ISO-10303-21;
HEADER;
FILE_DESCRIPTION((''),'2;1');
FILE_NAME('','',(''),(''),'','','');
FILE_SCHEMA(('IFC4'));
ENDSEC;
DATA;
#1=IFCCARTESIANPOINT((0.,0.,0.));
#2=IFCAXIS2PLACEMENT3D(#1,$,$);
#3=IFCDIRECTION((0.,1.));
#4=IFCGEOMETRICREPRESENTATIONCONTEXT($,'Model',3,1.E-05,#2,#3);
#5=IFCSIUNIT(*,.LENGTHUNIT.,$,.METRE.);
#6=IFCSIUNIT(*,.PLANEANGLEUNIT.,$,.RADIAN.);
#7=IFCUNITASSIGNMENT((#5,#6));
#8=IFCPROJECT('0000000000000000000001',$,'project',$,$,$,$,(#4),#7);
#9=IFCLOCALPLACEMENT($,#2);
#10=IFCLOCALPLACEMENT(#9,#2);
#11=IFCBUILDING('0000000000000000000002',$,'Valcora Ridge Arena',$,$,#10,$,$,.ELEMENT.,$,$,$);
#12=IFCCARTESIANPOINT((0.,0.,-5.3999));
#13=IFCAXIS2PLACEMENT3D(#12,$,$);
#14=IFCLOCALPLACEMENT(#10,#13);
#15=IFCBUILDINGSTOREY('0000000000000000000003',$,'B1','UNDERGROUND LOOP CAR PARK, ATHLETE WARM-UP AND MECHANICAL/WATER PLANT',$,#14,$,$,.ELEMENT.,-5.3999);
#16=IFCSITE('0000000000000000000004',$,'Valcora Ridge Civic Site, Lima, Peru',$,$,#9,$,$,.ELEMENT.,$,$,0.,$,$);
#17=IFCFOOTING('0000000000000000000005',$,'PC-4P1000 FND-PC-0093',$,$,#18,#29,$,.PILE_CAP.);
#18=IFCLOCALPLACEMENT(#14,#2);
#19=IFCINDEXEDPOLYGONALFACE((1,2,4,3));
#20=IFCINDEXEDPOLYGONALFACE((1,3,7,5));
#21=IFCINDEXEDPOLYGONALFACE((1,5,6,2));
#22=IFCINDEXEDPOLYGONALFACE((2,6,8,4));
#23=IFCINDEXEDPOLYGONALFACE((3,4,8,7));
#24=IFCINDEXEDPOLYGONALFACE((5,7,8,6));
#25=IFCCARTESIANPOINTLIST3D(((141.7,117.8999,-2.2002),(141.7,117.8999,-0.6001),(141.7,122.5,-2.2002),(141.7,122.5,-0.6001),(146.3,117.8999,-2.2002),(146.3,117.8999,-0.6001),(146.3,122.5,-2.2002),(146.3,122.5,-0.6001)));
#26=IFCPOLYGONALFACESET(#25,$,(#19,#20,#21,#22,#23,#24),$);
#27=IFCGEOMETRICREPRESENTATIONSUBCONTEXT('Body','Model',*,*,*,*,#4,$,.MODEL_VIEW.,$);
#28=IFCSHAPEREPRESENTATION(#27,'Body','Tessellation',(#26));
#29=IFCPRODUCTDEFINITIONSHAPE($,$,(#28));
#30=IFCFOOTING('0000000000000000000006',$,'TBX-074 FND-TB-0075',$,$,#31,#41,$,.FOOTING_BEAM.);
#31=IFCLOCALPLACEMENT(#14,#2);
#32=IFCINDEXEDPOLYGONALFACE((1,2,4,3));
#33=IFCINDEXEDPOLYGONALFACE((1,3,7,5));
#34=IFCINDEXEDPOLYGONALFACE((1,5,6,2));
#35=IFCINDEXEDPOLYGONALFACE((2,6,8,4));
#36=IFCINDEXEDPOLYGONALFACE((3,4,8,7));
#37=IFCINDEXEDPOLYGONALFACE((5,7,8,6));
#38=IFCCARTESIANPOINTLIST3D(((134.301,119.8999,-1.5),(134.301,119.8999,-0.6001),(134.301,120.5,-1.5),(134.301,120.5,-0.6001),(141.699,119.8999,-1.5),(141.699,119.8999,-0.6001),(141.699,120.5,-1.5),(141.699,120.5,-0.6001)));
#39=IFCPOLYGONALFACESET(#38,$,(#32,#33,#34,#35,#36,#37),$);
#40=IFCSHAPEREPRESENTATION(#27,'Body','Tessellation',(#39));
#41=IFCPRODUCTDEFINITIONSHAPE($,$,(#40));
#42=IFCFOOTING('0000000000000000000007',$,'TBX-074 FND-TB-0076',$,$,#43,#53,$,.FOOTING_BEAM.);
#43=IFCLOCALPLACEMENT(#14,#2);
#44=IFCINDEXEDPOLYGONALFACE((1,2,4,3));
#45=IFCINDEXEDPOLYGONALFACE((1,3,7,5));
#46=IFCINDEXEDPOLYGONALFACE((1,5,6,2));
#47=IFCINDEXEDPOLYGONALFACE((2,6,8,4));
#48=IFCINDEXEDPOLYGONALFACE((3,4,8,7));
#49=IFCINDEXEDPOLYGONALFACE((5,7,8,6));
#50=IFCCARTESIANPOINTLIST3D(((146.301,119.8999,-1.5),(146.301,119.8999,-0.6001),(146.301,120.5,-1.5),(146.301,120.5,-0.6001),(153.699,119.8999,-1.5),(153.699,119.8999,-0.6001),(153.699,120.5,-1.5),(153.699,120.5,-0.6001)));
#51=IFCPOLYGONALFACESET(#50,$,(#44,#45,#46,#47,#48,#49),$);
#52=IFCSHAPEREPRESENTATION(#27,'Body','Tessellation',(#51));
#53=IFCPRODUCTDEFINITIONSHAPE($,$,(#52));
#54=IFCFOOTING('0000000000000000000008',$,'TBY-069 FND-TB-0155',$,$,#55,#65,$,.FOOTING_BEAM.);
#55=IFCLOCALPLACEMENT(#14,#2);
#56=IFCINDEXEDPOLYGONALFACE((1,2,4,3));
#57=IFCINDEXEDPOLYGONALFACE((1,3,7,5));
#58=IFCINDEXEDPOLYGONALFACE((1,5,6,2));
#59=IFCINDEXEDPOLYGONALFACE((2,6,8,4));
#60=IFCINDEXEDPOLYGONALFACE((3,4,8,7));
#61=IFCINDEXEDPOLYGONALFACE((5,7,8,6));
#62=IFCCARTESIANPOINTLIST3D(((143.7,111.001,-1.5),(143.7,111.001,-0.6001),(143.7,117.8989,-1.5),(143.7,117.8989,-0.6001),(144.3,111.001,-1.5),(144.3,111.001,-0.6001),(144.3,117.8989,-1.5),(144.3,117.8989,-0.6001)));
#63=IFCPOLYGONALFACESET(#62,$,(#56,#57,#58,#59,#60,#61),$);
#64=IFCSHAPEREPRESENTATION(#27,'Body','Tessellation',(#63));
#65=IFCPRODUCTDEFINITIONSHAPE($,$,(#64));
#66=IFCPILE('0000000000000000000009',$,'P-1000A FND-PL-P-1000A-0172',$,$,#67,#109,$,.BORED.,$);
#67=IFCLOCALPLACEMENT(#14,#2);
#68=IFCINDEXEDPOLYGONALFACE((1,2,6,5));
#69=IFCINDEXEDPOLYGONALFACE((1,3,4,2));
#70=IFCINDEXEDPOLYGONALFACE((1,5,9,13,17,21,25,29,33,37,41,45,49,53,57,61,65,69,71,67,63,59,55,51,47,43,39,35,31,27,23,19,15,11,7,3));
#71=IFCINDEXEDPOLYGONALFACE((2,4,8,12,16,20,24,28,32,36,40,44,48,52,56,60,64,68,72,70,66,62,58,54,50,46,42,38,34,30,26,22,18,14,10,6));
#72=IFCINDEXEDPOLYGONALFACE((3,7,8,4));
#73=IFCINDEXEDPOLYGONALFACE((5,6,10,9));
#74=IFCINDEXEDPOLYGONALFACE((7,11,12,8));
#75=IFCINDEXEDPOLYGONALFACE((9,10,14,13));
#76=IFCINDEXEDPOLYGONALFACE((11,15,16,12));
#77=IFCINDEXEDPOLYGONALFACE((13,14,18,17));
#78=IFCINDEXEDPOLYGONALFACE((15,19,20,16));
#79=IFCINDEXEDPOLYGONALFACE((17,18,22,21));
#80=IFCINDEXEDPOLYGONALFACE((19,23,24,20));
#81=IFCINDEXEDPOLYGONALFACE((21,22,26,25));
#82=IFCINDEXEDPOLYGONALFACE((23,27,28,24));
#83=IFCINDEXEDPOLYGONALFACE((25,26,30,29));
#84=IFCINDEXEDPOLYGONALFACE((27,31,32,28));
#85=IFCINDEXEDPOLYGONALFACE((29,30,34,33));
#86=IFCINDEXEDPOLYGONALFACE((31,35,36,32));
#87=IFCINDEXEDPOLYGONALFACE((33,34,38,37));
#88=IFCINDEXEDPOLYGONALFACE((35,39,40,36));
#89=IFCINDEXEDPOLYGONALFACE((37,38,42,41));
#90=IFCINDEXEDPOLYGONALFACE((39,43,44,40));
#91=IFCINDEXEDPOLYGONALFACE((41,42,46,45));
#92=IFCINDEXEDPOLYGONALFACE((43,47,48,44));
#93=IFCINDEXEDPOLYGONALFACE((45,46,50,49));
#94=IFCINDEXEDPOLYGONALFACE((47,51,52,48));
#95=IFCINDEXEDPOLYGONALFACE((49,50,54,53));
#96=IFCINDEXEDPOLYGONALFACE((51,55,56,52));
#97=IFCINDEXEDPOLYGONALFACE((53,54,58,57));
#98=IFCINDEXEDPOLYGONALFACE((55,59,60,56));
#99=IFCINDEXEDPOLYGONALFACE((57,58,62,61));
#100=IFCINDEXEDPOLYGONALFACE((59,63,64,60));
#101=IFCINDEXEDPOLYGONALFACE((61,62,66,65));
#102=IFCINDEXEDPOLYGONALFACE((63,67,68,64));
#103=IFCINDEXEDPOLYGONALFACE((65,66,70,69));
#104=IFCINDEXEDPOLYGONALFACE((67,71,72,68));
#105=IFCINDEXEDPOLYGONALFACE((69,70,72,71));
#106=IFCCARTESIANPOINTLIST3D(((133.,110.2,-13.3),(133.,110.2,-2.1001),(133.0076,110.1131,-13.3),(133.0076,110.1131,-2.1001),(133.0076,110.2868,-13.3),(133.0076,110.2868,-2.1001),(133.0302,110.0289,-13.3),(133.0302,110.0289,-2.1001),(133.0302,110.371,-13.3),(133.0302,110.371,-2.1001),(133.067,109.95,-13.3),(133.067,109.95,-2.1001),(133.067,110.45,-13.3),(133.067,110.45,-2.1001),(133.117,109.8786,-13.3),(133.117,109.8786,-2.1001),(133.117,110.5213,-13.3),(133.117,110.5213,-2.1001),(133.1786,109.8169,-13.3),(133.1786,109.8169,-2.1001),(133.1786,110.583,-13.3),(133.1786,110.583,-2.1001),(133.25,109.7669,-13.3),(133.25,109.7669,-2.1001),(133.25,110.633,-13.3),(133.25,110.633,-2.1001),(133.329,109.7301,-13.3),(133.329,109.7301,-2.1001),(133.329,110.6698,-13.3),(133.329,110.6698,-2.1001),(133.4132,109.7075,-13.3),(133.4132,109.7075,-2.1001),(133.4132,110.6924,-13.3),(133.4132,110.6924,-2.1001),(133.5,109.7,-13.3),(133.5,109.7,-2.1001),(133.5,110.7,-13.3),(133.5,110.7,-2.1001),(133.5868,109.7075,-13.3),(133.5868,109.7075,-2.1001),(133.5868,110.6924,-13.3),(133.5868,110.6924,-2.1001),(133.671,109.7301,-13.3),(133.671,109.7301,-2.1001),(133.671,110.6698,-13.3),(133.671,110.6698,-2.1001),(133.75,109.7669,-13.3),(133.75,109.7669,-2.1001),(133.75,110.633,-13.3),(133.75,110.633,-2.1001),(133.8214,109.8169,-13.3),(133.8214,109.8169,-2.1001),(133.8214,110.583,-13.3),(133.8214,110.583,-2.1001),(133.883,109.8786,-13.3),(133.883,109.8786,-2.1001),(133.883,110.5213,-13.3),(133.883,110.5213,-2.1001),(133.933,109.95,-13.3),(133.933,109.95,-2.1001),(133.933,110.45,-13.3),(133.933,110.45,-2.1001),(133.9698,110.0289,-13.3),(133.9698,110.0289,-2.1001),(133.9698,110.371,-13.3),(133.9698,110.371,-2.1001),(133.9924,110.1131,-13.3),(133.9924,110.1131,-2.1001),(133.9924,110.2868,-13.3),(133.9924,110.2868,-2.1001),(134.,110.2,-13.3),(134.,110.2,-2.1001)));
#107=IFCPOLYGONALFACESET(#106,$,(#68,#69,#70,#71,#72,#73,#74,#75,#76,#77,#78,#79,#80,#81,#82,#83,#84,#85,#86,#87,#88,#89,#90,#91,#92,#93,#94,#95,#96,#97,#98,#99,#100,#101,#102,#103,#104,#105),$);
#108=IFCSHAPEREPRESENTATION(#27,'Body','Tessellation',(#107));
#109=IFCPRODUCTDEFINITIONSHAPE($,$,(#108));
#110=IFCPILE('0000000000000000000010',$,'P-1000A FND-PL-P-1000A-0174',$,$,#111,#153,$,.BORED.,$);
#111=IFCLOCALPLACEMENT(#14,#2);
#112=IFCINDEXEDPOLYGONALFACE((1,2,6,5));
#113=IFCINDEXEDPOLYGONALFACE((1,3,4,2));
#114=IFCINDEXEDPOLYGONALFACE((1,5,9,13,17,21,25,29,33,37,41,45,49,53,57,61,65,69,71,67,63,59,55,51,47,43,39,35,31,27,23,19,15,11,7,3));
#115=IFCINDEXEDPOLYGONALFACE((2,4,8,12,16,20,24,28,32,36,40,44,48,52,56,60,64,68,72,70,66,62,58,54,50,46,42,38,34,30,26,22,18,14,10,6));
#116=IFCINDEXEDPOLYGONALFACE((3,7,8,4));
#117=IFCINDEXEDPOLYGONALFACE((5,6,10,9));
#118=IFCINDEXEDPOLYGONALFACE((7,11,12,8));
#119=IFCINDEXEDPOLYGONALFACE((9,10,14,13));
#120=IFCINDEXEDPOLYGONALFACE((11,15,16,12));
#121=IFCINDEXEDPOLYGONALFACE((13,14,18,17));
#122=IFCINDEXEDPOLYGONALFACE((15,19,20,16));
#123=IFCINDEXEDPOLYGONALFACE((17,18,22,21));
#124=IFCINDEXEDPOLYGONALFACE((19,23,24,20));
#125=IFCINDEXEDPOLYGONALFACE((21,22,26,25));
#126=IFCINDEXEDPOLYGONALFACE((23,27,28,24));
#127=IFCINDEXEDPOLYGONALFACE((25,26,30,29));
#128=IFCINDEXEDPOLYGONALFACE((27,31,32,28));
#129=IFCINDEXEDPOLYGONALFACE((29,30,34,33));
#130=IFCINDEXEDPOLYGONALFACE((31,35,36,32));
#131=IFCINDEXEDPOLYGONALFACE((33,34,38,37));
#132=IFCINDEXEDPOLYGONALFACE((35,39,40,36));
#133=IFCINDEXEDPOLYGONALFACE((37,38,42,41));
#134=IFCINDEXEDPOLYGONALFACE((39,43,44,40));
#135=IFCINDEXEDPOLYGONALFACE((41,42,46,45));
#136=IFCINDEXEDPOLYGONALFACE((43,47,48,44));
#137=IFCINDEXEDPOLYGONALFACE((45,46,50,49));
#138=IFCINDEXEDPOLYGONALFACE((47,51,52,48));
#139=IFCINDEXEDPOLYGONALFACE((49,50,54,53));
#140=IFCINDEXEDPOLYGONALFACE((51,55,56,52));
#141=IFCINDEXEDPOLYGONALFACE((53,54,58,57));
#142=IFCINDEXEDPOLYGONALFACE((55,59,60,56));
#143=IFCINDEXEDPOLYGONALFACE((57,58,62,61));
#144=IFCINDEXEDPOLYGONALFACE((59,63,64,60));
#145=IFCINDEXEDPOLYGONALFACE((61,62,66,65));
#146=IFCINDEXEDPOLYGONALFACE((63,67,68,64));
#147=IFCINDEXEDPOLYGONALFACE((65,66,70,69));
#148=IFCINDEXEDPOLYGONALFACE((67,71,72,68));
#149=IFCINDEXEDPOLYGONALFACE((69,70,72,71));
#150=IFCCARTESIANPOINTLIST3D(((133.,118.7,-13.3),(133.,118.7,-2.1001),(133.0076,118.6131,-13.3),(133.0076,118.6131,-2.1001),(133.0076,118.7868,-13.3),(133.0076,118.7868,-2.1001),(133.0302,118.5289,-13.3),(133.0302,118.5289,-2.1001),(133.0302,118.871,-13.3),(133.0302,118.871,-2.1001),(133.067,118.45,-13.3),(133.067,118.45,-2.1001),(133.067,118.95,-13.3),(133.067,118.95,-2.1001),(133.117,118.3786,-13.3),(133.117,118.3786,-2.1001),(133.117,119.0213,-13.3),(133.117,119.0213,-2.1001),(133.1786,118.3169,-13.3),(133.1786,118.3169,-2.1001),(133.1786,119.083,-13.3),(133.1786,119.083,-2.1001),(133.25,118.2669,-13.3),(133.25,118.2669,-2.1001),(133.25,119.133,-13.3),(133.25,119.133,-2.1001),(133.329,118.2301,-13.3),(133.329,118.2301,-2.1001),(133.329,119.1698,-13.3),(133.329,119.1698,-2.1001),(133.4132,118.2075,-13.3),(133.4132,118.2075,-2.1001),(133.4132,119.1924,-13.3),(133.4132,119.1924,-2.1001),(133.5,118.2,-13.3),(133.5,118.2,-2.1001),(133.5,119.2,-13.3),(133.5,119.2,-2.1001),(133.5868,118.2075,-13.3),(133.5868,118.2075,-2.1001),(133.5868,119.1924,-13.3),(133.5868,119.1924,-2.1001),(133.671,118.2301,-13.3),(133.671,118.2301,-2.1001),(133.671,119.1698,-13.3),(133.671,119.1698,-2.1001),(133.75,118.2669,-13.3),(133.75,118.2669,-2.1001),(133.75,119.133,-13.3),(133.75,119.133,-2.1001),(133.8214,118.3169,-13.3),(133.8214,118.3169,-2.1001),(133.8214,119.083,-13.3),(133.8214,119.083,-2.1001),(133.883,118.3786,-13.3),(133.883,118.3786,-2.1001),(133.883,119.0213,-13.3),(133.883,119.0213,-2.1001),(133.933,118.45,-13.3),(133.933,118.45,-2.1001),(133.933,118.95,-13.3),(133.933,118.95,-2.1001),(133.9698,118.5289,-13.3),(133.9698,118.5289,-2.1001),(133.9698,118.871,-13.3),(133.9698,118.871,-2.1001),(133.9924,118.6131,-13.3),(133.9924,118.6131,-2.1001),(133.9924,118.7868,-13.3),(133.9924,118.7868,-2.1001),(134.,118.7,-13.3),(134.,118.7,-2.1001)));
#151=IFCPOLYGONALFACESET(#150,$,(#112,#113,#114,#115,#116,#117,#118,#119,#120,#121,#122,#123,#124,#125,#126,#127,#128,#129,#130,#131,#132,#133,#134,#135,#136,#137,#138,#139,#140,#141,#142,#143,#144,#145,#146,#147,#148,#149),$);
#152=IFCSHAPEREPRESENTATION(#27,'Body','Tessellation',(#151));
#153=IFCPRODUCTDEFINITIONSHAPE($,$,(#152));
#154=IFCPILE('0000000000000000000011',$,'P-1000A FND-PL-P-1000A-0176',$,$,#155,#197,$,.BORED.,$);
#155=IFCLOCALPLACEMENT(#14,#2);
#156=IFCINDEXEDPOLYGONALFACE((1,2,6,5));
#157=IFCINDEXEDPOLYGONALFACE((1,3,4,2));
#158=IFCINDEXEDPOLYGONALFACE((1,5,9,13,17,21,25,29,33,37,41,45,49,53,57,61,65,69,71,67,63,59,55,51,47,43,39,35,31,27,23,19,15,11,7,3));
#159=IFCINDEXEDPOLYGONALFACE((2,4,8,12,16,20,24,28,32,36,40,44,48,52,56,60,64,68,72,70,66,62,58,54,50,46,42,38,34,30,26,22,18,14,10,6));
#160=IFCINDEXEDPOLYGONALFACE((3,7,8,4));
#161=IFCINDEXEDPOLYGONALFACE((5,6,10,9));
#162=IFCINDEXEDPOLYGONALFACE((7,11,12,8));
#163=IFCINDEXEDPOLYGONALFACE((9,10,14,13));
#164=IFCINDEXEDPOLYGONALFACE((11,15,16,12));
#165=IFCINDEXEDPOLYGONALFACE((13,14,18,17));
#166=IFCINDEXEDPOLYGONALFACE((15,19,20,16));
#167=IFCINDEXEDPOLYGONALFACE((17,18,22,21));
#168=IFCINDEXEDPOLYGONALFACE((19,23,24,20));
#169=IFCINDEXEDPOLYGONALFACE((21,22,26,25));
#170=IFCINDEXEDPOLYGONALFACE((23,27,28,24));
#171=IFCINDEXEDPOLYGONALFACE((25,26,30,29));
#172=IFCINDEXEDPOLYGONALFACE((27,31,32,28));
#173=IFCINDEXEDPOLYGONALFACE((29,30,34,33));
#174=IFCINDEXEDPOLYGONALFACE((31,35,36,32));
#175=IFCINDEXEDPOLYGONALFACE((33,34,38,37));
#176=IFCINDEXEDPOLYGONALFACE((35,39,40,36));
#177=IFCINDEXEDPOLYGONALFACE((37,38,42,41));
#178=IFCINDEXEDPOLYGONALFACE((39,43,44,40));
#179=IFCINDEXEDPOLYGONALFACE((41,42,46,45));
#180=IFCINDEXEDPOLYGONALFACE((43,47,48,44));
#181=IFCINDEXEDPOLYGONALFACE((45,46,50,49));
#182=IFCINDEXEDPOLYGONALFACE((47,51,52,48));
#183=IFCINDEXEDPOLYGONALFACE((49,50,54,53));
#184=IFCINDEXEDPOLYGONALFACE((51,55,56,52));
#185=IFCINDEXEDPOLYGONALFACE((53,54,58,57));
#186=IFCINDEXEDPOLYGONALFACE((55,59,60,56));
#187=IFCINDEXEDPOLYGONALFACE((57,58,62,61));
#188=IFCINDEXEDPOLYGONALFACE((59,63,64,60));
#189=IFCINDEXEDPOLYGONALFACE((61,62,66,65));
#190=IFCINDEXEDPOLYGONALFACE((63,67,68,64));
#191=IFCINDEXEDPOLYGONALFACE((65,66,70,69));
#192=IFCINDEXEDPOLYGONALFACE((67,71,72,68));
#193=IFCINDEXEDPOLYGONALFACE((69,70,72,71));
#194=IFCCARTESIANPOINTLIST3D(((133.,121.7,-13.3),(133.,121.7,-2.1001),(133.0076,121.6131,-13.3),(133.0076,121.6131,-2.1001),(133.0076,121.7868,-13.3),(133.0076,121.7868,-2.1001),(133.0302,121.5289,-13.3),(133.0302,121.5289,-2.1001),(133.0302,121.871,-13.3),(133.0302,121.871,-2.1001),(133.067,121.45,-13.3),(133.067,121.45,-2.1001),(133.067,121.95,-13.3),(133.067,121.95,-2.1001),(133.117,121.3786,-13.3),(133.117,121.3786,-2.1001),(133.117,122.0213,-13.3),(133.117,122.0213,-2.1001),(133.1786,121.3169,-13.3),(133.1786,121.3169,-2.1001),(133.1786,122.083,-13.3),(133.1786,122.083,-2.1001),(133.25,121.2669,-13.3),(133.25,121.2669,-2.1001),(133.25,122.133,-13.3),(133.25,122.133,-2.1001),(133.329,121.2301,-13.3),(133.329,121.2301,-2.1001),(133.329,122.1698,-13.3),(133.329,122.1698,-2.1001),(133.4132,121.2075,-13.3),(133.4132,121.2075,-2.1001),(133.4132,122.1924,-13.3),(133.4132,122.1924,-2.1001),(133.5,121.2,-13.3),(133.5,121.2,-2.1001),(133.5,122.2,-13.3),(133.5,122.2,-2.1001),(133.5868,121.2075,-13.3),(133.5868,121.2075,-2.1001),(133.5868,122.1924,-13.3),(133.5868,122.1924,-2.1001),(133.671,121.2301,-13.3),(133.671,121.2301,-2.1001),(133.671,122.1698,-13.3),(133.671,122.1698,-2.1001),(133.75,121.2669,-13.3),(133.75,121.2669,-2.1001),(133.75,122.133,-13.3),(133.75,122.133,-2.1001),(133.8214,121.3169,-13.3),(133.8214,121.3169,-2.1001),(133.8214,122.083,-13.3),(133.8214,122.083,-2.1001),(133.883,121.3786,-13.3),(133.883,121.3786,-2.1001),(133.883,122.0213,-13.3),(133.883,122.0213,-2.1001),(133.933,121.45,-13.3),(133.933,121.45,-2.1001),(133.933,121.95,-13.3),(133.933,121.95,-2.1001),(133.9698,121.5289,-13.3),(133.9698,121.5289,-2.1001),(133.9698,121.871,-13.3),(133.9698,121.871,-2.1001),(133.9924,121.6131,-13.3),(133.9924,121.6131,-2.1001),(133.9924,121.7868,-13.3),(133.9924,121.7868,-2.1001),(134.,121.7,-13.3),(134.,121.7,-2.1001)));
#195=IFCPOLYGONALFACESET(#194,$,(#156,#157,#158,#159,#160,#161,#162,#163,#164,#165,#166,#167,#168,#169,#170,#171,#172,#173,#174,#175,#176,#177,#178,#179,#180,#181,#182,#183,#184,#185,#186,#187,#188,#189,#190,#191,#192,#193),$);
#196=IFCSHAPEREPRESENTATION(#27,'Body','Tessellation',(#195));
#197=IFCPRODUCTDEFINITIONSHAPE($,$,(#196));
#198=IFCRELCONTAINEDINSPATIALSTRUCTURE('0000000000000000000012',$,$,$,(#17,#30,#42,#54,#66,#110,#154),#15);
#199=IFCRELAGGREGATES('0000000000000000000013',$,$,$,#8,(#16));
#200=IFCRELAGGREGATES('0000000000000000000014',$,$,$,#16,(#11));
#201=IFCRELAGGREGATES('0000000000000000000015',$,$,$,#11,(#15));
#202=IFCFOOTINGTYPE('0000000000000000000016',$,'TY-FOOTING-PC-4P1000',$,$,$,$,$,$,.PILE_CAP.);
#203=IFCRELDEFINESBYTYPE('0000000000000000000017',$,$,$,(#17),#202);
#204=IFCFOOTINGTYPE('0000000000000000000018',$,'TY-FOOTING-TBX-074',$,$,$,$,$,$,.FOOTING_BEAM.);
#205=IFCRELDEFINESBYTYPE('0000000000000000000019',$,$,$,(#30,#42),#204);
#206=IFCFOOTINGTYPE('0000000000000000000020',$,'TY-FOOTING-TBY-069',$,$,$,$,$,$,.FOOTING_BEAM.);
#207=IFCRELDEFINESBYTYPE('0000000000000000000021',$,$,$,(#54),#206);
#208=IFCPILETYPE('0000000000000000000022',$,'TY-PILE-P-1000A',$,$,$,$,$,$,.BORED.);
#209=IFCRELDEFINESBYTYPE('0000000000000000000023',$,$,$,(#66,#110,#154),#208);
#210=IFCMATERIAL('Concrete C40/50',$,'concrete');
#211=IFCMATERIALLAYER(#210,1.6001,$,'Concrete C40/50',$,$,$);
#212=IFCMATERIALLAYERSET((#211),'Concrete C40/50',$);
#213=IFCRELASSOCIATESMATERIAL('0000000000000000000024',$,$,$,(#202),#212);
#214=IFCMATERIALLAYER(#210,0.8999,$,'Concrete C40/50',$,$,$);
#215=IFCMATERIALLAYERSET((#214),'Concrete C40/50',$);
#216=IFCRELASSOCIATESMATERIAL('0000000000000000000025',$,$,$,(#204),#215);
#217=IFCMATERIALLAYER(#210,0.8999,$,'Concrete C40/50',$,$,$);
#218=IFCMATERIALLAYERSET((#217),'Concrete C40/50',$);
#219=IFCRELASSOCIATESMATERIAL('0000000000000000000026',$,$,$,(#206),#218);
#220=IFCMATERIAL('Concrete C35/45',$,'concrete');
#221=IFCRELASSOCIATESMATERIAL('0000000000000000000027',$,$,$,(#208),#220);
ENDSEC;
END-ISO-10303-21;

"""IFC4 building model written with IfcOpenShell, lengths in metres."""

from ifc_helpers import new_model, si_unit, direction, frame, origin, origin_2d, place, context, subcontext, project, spatial, rectangle, circle, extrude, material, layer, layer_set, material_profile, profile_set, type_object, element, save


model = new_model("IFC4")

# Units and contexts
model_context = context("Model", 3, precision=1e-05, world=origin(), true_north=direction((0.0, 1.0)))
body_context = subcontext(model_context, "Body", "Model", "MODEL_VIEW")
ifc_project = project(units=[si_unit("LENGTHUNIT", "METRE"), si_unit("PLANEANGLEUNIT", "RADIAN")], contexts=[model_context])

# Site, building, storey
site_placement = place(None, origin())
site = spatial("IfcSite", under=ifc_project, at=site_placement, Name="Valcora Ridge Civic Site, Lima, Peru", CompositionType="ELEMENT", RefElevation=0.0)
building_placement = place(site_placement, origin())
building = spatial("IfcBuilding", under=site, at=building_placement, Name="Valcora Ridge Arena", CompositionType="ELEMENT")
storey_placement = place(building_placement, frame((0.0, 0.0, -5.3999)))
storey = spatial("IfcBuildingStorey", under=building, at=storey_placement, Name="B1", Description="UNDERGROUND LOOP CAR PARK, ATHLETE WARM-UP AND MECHANICAL/WATER PLANT", CompositionType="ELEMENT", Elevation=-5.3999)

# Footings
ifc_material_1 = material(Name="Concrete C40/50", Category="concrete")
ifc_layer_1 = layer(ifc_material_1, 1.6001, Name="Concrete C40/50")
ifc_layer_set_1 = layer_set([ifc_layer_1], Name="Concrete C40/50")
footing_type_1 = type_object("IfcFootingType", Name="TY-FOOTING-PC-4P1000", PredefinedType="PILE_CAP", material=ifc_layer_set_1)
footing_1_placement = place(storey_placement, frame((144.0, 120.2, -2.2002), z_axis=(0.0, 0.0, 1.0), x_axis=(1.0, 0.0, 0.0)))
element("IfcFooting", 1, at=footing_1_placement, inside=storey, type_object=footing_type_1, Name="PC-4P1000 FND-PC-0093", PredefinedType="PILE_CAP", context=body_context, shape_type="SweptSolid", body=[
    extrude(rectangle(XDim=4.6001, YDim=4.6001, at=origin_2d()), origin(), (0.0, 0.0, 1.0), 1.6001),
])
ifc_layer_2 = layer(ifc_material_1, 0.8999, Name="Concrete C40/50")
ifc_layer_set_2 = layer_set([ifc_layer_2], Name="Concrete C40/50")
footing_type_2 = type_object("IfcFootingType", Name="TY-FOOTING-TBX-074", PredefinedType="FOOTING_BEAM", material=ifc_layer_set_2)
for number, where, z_axis, x_axis, name in (
    (2, (138.0, 120.2, -1.5), (0.0, 0.0, 1.0), (1.0, 0.0, 0.0), "TBX-074 FND-TB-0075"),
    (3, (150.0, 120.2, -1.5), (0.0, 0.0, 1.0), (1.0, 0.0, 0.0), "TBX-074 FND-TB-0076"),
):
    element("IfcFooting", number, at=place(storey_placement, frame(where, z_axis=z_axis, x_axis=x_axis)), inside=storey, type_object=footing_type_2, Name=name, PredefinedType="FOOTING_BEAM", context=body_context, shape_type="SweptSolid", body=[
        extrude(rectangle(XDim=7.3979, YDim=0.6001, at=origin_2d()), origin(), (0.0, 0.0, 1.0), 0.8999),
    ])
ifc_layer_3 = layer(ifc_material_1, 0.8999, Name="Concrete C40/50")
ifc_layer_set_3 = layer_set([ifc_layer_3], Name="Concrete C40/50")
footing_type_3 = type_object("IfcFootingType", Name="TY-FOOTING-TBY-069", PredefinedType="FOOTING_BEAM", material=ifc_layer_set_3)
footing_2_placement = place(storey_placement, frame((144.0, 114.45, -1.5), z_axis=(0.0, 0.0, 1.0), x_axis=(1.0, 0.0, 0.0)))
element("IfcFooting", 4, at=footing_2_placement, inside=storey, type_object=footing_type_3, Name="TBY-069 FND-TB-0155", PredefinedType="FOOTING_BEAM", context=body_context, shape_type="SweptSolid", body=[
    extrude(rectangle(XDim=0.6001, YDim=6.8979, at=origin_2d()), origin(), (0.0, 0.0, 1.0), 0.8999),
])

# Piles
ifc_material_2 = material(Name="Concrete C35/45", Category="concrete")
ifc_material_profile_1 = material_profile(ifc_material_2, circle(Radius=0.5, at=origin_2d()), Name="BORED PILE D1000")
ifc_profile_set_1 = profile_set([ifc_material_profile_1], Name="Concrete C35/45")
pile_type = type_object("IfcPileType", Name="TY-PILE-P-1000A", PredefinedType="BORED", material=ifc_profile_set_1)
for number, where, z_axis, x_axis, name in (
    (5, (133.5, 110.2, -2.1001), (0.0, 0.0, -1.0), (1.0, 0.0, 0.0), "P-1000A FND-PL-P-1000A-0172"),
    (6, (133.5, 118.7, -2.1001), (0.0, 0.0, -1.0), (1.0, 0.0, 0.0), "P-1000A FND-PL-P-1000A-0174"),
    (7, (133.5, 121.7, -2.1001), (0.0, 0.0, -1.0), (1.0, 0.0, 0.0), "P-1000A FND-PL-P-1000A-0176"),
):
    element("IfcPile", number, at=place(storey_placement, frame(where, z_axis=z_axis, x_axis=x_axis)), inside=storey, type_object=pile_type, Name=name, PredefinedType="BORED", context=body_context, shape_type="SweptSolid", body=[
        extrude(circle(Radius=0.5, at=origin_2d()), origin(), (0.0, 0.0, 1.0), 11.2),
    ])

save(model, "model.ifc")
